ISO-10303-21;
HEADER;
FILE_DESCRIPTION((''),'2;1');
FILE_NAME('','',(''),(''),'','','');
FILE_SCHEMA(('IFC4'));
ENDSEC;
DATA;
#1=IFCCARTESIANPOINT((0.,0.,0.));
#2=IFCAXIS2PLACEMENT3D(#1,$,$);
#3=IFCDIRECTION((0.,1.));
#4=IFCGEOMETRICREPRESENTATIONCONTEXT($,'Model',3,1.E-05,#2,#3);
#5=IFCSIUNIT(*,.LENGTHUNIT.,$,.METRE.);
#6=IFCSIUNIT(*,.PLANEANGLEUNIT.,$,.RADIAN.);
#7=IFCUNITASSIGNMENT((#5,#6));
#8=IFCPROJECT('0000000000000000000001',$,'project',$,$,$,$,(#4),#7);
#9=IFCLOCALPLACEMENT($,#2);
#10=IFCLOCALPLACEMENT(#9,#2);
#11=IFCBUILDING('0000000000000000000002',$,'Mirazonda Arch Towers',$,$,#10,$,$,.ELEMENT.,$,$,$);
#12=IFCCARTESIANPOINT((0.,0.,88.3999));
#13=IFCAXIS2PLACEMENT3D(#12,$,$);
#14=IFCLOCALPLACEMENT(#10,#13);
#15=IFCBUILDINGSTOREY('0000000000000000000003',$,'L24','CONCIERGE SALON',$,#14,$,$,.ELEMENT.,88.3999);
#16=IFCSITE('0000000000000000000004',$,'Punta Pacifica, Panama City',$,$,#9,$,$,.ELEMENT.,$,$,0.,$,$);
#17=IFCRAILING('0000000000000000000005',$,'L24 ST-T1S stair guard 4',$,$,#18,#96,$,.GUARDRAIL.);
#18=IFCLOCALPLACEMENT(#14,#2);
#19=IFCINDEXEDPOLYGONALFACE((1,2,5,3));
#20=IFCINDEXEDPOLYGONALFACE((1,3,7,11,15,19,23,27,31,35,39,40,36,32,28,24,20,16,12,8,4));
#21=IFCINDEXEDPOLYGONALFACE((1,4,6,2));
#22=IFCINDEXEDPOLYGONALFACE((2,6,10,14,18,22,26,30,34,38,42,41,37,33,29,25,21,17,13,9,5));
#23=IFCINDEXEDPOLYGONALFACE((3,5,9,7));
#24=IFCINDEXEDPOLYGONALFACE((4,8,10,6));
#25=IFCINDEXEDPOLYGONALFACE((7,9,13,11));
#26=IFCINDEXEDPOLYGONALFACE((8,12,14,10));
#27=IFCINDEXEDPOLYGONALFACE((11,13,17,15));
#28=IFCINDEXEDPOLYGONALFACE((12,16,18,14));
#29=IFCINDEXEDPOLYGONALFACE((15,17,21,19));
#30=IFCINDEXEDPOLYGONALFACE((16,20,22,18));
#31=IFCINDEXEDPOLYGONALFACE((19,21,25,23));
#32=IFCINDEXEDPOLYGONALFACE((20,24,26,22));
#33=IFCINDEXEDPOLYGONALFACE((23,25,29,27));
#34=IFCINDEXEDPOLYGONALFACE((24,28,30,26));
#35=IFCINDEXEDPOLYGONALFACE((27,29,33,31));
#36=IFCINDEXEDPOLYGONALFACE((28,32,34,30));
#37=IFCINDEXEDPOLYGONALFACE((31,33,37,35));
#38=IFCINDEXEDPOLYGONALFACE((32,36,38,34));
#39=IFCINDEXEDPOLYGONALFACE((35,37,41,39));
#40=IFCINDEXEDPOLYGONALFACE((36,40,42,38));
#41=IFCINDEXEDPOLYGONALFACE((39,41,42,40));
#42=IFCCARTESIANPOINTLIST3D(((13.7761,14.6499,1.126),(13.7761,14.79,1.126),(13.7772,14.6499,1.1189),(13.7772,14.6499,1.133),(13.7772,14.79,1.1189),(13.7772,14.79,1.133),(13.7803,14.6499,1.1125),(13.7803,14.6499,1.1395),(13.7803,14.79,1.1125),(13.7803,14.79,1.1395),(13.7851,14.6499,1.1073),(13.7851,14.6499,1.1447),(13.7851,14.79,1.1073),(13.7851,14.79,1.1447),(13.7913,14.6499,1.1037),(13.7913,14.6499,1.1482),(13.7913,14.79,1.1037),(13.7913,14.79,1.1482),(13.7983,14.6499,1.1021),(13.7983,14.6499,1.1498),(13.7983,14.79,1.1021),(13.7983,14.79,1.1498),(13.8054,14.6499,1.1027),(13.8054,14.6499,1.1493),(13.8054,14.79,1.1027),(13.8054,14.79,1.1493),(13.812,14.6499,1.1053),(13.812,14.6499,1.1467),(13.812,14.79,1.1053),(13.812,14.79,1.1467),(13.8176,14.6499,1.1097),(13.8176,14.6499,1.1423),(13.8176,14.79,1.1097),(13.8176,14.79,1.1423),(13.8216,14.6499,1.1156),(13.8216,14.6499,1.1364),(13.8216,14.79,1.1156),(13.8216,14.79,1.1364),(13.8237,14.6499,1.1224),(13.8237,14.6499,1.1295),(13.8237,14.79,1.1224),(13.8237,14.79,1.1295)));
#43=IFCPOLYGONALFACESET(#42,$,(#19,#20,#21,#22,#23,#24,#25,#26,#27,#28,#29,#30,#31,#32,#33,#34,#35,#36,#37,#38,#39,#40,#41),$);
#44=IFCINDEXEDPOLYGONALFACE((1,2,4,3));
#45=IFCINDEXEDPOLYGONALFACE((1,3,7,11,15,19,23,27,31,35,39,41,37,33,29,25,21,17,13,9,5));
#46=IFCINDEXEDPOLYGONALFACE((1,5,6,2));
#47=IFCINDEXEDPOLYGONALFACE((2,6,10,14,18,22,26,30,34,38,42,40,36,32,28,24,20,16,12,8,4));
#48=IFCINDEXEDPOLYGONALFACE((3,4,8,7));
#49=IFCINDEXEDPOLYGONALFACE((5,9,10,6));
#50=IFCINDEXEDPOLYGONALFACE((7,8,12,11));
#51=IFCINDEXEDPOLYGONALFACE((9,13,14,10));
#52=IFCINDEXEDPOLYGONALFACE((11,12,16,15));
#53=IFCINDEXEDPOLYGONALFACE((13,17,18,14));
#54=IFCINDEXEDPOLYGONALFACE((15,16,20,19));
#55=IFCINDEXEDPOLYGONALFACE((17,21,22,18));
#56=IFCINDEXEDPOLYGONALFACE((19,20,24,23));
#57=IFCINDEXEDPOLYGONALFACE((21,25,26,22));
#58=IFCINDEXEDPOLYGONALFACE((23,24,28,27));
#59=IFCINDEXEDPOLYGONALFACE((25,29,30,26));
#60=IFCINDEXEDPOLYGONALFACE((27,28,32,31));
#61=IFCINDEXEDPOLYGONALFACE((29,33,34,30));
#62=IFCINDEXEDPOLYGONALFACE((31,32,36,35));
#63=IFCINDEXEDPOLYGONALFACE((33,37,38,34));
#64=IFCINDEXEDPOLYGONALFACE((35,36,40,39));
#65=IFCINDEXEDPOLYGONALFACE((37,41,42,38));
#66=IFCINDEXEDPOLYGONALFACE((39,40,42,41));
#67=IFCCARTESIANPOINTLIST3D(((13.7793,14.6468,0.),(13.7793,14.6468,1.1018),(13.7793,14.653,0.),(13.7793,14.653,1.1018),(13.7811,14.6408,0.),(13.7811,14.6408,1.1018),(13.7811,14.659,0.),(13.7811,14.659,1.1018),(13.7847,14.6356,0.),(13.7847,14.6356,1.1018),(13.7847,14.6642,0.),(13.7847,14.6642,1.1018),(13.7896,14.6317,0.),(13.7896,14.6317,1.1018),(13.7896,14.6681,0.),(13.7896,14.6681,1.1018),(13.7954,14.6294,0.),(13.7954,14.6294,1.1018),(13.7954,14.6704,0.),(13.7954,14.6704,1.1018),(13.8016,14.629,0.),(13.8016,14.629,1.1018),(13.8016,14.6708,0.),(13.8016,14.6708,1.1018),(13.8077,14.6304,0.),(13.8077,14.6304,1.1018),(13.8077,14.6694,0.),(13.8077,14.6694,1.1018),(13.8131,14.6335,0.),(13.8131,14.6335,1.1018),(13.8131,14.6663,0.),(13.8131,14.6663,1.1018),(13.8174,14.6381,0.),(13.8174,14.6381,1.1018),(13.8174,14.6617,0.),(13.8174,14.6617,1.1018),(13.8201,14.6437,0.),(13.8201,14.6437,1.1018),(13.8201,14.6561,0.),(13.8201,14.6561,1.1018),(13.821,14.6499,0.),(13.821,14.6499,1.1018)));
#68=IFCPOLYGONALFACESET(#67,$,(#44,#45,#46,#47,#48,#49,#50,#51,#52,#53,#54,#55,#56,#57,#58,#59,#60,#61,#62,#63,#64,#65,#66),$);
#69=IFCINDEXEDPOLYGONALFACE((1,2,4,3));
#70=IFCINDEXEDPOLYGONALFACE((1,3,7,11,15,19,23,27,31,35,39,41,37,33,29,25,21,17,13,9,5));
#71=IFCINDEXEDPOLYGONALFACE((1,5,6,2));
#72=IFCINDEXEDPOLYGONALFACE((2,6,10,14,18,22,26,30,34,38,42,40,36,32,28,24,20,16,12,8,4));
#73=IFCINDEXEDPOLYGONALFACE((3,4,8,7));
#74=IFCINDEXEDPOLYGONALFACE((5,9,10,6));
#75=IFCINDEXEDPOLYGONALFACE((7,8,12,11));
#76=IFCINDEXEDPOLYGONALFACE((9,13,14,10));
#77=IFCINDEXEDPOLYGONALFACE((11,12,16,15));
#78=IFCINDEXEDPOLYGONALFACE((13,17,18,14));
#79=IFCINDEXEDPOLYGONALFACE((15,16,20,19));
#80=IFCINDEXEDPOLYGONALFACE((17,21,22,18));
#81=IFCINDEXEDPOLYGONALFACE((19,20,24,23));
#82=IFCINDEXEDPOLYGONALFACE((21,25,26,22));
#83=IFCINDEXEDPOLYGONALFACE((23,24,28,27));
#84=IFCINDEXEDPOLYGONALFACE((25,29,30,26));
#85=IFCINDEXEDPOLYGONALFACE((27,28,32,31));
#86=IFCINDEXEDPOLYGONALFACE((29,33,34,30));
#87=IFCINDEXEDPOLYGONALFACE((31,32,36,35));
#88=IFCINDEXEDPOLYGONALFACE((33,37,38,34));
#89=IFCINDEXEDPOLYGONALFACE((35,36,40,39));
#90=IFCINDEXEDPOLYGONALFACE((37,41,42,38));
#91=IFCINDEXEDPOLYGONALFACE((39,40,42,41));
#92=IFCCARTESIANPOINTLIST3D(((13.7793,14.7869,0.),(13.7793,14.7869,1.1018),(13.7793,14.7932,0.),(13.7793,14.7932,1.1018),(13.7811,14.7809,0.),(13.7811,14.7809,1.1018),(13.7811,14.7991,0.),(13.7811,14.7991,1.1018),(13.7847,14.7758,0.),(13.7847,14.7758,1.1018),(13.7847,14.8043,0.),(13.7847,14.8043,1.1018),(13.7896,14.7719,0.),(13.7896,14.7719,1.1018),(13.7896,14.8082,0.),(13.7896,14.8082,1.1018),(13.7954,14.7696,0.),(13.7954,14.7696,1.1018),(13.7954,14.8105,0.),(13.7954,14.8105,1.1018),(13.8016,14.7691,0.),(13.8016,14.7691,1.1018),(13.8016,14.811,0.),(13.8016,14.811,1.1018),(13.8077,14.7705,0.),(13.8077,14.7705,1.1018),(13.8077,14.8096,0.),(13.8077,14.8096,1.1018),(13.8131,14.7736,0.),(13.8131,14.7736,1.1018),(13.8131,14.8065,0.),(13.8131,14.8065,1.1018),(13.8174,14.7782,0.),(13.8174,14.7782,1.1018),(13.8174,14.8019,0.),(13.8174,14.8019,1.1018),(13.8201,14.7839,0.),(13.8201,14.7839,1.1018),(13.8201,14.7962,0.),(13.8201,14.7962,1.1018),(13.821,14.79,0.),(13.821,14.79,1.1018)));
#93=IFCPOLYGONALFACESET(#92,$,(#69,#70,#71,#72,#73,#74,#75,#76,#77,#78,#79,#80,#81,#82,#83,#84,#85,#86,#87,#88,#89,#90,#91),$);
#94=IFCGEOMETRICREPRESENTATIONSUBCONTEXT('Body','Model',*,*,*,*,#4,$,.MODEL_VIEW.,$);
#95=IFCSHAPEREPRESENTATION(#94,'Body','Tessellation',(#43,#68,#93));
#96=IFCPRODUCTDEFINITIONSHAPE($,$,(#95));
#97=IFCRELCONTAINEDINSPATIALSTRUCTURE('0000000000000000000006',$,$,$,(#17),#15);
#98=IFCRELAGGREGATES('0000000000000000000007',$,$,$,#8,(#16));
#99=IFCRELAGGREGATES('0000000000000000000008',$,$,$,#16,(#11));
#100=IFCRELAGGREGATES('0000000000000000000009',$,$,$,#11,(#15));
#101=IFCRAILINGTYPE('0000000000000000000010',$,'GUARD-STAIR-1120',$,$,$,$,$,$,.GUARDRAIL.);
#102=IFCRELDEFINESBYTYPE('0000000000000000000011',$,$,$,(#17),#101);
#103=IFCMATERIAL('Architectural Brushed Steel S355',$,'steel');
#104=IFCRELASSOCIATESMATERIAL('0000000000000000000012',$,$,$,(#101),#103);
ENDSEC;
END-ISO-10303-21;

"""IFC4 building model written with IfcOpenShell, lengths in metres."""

from ifc_helpers import new_model, si_unit, direction, frame, origin, origin_2d, place, context, subcontext, project, spatial, circle, extrude, material, type_object, element, save


model = new_model("IFC4")

# Units and contexts
model_context = context("Model", 3, precision=1e-05, world=origin(), true_north=direction((0.0, 1.0)))
body_context = subcontext(model_context, "Body", "Model", "MODEL_VIEW")
ifc_project = project(units=[si_unit("LENGTHUNIT", "METRE"), si_unit("PLANEANGLEUNIT", "RADIAN")], contexts=[model_context])

# Site, building, storey
site_placement = place(None, origin())
site = spatial("IfcSite", under=ifc_project, at=site_placement, Name="Punta Pacifica, Panama City", CompositionType="ELEMENT", RefElevation=0.0)
building_placement = place(site_placement, origin())
building = spatial("IfcBuilding", under=site, at=building_placement, Name="Mirazonda Arch Towers", CompositionType="ELEMENT")
storey_placement = place(building_placement, frame((0.0, 0.0, 88.3999)))
storey = spatial("IfcBuildingStorey", under=building, at=storey_placement, Name="L24", Description="CONCIERGE SALON", CompositionType="ELEMENT", Elevation=88.3999)

# Shared definitions
ifc_material_1 = material(Name="Architectural Brushed Steel S355", Category="steel")

# Railing
railing_type_1 = type_object("IfcRailingType", Name="GUARD-STAIR-1120", PredefinedType="GUARDRAIL", material=ifc_material_1)
railing_1_placement = place(storey_placement, frame((13.8, 14.6499, 0.0)))
element("IfcRailing", 1, at=railing_1_placement, inside=storey, type_object=railing_type_1, Name="L24 ST-T1S stair guard 4", PredefinedType="GUARDRAIL", context=body_context, shape_type="SweptSolid", body=[
    extrude(circle(Radius=0.0239, at=origin_2d()), frame((0.0, 0.0, 1.126), z_axis=(0.0, 1.0, 0.0), x_axis=(-1.0, 0.0, 0.0)), (0.0, 0.0, 1.0), 0.1401),
    extrude(circle(Radius=0.021, at=origin_2d()), origin(), (0.0, 0.0, 1.0), 1.1018),
    extrude(circle(Radius=0.021, at=origin_2d()), frame((0.0, 0.1401, 0.0)), (0.0, 0.0, 1.0), 1.1018),
])

save(model, "model.ifc")
